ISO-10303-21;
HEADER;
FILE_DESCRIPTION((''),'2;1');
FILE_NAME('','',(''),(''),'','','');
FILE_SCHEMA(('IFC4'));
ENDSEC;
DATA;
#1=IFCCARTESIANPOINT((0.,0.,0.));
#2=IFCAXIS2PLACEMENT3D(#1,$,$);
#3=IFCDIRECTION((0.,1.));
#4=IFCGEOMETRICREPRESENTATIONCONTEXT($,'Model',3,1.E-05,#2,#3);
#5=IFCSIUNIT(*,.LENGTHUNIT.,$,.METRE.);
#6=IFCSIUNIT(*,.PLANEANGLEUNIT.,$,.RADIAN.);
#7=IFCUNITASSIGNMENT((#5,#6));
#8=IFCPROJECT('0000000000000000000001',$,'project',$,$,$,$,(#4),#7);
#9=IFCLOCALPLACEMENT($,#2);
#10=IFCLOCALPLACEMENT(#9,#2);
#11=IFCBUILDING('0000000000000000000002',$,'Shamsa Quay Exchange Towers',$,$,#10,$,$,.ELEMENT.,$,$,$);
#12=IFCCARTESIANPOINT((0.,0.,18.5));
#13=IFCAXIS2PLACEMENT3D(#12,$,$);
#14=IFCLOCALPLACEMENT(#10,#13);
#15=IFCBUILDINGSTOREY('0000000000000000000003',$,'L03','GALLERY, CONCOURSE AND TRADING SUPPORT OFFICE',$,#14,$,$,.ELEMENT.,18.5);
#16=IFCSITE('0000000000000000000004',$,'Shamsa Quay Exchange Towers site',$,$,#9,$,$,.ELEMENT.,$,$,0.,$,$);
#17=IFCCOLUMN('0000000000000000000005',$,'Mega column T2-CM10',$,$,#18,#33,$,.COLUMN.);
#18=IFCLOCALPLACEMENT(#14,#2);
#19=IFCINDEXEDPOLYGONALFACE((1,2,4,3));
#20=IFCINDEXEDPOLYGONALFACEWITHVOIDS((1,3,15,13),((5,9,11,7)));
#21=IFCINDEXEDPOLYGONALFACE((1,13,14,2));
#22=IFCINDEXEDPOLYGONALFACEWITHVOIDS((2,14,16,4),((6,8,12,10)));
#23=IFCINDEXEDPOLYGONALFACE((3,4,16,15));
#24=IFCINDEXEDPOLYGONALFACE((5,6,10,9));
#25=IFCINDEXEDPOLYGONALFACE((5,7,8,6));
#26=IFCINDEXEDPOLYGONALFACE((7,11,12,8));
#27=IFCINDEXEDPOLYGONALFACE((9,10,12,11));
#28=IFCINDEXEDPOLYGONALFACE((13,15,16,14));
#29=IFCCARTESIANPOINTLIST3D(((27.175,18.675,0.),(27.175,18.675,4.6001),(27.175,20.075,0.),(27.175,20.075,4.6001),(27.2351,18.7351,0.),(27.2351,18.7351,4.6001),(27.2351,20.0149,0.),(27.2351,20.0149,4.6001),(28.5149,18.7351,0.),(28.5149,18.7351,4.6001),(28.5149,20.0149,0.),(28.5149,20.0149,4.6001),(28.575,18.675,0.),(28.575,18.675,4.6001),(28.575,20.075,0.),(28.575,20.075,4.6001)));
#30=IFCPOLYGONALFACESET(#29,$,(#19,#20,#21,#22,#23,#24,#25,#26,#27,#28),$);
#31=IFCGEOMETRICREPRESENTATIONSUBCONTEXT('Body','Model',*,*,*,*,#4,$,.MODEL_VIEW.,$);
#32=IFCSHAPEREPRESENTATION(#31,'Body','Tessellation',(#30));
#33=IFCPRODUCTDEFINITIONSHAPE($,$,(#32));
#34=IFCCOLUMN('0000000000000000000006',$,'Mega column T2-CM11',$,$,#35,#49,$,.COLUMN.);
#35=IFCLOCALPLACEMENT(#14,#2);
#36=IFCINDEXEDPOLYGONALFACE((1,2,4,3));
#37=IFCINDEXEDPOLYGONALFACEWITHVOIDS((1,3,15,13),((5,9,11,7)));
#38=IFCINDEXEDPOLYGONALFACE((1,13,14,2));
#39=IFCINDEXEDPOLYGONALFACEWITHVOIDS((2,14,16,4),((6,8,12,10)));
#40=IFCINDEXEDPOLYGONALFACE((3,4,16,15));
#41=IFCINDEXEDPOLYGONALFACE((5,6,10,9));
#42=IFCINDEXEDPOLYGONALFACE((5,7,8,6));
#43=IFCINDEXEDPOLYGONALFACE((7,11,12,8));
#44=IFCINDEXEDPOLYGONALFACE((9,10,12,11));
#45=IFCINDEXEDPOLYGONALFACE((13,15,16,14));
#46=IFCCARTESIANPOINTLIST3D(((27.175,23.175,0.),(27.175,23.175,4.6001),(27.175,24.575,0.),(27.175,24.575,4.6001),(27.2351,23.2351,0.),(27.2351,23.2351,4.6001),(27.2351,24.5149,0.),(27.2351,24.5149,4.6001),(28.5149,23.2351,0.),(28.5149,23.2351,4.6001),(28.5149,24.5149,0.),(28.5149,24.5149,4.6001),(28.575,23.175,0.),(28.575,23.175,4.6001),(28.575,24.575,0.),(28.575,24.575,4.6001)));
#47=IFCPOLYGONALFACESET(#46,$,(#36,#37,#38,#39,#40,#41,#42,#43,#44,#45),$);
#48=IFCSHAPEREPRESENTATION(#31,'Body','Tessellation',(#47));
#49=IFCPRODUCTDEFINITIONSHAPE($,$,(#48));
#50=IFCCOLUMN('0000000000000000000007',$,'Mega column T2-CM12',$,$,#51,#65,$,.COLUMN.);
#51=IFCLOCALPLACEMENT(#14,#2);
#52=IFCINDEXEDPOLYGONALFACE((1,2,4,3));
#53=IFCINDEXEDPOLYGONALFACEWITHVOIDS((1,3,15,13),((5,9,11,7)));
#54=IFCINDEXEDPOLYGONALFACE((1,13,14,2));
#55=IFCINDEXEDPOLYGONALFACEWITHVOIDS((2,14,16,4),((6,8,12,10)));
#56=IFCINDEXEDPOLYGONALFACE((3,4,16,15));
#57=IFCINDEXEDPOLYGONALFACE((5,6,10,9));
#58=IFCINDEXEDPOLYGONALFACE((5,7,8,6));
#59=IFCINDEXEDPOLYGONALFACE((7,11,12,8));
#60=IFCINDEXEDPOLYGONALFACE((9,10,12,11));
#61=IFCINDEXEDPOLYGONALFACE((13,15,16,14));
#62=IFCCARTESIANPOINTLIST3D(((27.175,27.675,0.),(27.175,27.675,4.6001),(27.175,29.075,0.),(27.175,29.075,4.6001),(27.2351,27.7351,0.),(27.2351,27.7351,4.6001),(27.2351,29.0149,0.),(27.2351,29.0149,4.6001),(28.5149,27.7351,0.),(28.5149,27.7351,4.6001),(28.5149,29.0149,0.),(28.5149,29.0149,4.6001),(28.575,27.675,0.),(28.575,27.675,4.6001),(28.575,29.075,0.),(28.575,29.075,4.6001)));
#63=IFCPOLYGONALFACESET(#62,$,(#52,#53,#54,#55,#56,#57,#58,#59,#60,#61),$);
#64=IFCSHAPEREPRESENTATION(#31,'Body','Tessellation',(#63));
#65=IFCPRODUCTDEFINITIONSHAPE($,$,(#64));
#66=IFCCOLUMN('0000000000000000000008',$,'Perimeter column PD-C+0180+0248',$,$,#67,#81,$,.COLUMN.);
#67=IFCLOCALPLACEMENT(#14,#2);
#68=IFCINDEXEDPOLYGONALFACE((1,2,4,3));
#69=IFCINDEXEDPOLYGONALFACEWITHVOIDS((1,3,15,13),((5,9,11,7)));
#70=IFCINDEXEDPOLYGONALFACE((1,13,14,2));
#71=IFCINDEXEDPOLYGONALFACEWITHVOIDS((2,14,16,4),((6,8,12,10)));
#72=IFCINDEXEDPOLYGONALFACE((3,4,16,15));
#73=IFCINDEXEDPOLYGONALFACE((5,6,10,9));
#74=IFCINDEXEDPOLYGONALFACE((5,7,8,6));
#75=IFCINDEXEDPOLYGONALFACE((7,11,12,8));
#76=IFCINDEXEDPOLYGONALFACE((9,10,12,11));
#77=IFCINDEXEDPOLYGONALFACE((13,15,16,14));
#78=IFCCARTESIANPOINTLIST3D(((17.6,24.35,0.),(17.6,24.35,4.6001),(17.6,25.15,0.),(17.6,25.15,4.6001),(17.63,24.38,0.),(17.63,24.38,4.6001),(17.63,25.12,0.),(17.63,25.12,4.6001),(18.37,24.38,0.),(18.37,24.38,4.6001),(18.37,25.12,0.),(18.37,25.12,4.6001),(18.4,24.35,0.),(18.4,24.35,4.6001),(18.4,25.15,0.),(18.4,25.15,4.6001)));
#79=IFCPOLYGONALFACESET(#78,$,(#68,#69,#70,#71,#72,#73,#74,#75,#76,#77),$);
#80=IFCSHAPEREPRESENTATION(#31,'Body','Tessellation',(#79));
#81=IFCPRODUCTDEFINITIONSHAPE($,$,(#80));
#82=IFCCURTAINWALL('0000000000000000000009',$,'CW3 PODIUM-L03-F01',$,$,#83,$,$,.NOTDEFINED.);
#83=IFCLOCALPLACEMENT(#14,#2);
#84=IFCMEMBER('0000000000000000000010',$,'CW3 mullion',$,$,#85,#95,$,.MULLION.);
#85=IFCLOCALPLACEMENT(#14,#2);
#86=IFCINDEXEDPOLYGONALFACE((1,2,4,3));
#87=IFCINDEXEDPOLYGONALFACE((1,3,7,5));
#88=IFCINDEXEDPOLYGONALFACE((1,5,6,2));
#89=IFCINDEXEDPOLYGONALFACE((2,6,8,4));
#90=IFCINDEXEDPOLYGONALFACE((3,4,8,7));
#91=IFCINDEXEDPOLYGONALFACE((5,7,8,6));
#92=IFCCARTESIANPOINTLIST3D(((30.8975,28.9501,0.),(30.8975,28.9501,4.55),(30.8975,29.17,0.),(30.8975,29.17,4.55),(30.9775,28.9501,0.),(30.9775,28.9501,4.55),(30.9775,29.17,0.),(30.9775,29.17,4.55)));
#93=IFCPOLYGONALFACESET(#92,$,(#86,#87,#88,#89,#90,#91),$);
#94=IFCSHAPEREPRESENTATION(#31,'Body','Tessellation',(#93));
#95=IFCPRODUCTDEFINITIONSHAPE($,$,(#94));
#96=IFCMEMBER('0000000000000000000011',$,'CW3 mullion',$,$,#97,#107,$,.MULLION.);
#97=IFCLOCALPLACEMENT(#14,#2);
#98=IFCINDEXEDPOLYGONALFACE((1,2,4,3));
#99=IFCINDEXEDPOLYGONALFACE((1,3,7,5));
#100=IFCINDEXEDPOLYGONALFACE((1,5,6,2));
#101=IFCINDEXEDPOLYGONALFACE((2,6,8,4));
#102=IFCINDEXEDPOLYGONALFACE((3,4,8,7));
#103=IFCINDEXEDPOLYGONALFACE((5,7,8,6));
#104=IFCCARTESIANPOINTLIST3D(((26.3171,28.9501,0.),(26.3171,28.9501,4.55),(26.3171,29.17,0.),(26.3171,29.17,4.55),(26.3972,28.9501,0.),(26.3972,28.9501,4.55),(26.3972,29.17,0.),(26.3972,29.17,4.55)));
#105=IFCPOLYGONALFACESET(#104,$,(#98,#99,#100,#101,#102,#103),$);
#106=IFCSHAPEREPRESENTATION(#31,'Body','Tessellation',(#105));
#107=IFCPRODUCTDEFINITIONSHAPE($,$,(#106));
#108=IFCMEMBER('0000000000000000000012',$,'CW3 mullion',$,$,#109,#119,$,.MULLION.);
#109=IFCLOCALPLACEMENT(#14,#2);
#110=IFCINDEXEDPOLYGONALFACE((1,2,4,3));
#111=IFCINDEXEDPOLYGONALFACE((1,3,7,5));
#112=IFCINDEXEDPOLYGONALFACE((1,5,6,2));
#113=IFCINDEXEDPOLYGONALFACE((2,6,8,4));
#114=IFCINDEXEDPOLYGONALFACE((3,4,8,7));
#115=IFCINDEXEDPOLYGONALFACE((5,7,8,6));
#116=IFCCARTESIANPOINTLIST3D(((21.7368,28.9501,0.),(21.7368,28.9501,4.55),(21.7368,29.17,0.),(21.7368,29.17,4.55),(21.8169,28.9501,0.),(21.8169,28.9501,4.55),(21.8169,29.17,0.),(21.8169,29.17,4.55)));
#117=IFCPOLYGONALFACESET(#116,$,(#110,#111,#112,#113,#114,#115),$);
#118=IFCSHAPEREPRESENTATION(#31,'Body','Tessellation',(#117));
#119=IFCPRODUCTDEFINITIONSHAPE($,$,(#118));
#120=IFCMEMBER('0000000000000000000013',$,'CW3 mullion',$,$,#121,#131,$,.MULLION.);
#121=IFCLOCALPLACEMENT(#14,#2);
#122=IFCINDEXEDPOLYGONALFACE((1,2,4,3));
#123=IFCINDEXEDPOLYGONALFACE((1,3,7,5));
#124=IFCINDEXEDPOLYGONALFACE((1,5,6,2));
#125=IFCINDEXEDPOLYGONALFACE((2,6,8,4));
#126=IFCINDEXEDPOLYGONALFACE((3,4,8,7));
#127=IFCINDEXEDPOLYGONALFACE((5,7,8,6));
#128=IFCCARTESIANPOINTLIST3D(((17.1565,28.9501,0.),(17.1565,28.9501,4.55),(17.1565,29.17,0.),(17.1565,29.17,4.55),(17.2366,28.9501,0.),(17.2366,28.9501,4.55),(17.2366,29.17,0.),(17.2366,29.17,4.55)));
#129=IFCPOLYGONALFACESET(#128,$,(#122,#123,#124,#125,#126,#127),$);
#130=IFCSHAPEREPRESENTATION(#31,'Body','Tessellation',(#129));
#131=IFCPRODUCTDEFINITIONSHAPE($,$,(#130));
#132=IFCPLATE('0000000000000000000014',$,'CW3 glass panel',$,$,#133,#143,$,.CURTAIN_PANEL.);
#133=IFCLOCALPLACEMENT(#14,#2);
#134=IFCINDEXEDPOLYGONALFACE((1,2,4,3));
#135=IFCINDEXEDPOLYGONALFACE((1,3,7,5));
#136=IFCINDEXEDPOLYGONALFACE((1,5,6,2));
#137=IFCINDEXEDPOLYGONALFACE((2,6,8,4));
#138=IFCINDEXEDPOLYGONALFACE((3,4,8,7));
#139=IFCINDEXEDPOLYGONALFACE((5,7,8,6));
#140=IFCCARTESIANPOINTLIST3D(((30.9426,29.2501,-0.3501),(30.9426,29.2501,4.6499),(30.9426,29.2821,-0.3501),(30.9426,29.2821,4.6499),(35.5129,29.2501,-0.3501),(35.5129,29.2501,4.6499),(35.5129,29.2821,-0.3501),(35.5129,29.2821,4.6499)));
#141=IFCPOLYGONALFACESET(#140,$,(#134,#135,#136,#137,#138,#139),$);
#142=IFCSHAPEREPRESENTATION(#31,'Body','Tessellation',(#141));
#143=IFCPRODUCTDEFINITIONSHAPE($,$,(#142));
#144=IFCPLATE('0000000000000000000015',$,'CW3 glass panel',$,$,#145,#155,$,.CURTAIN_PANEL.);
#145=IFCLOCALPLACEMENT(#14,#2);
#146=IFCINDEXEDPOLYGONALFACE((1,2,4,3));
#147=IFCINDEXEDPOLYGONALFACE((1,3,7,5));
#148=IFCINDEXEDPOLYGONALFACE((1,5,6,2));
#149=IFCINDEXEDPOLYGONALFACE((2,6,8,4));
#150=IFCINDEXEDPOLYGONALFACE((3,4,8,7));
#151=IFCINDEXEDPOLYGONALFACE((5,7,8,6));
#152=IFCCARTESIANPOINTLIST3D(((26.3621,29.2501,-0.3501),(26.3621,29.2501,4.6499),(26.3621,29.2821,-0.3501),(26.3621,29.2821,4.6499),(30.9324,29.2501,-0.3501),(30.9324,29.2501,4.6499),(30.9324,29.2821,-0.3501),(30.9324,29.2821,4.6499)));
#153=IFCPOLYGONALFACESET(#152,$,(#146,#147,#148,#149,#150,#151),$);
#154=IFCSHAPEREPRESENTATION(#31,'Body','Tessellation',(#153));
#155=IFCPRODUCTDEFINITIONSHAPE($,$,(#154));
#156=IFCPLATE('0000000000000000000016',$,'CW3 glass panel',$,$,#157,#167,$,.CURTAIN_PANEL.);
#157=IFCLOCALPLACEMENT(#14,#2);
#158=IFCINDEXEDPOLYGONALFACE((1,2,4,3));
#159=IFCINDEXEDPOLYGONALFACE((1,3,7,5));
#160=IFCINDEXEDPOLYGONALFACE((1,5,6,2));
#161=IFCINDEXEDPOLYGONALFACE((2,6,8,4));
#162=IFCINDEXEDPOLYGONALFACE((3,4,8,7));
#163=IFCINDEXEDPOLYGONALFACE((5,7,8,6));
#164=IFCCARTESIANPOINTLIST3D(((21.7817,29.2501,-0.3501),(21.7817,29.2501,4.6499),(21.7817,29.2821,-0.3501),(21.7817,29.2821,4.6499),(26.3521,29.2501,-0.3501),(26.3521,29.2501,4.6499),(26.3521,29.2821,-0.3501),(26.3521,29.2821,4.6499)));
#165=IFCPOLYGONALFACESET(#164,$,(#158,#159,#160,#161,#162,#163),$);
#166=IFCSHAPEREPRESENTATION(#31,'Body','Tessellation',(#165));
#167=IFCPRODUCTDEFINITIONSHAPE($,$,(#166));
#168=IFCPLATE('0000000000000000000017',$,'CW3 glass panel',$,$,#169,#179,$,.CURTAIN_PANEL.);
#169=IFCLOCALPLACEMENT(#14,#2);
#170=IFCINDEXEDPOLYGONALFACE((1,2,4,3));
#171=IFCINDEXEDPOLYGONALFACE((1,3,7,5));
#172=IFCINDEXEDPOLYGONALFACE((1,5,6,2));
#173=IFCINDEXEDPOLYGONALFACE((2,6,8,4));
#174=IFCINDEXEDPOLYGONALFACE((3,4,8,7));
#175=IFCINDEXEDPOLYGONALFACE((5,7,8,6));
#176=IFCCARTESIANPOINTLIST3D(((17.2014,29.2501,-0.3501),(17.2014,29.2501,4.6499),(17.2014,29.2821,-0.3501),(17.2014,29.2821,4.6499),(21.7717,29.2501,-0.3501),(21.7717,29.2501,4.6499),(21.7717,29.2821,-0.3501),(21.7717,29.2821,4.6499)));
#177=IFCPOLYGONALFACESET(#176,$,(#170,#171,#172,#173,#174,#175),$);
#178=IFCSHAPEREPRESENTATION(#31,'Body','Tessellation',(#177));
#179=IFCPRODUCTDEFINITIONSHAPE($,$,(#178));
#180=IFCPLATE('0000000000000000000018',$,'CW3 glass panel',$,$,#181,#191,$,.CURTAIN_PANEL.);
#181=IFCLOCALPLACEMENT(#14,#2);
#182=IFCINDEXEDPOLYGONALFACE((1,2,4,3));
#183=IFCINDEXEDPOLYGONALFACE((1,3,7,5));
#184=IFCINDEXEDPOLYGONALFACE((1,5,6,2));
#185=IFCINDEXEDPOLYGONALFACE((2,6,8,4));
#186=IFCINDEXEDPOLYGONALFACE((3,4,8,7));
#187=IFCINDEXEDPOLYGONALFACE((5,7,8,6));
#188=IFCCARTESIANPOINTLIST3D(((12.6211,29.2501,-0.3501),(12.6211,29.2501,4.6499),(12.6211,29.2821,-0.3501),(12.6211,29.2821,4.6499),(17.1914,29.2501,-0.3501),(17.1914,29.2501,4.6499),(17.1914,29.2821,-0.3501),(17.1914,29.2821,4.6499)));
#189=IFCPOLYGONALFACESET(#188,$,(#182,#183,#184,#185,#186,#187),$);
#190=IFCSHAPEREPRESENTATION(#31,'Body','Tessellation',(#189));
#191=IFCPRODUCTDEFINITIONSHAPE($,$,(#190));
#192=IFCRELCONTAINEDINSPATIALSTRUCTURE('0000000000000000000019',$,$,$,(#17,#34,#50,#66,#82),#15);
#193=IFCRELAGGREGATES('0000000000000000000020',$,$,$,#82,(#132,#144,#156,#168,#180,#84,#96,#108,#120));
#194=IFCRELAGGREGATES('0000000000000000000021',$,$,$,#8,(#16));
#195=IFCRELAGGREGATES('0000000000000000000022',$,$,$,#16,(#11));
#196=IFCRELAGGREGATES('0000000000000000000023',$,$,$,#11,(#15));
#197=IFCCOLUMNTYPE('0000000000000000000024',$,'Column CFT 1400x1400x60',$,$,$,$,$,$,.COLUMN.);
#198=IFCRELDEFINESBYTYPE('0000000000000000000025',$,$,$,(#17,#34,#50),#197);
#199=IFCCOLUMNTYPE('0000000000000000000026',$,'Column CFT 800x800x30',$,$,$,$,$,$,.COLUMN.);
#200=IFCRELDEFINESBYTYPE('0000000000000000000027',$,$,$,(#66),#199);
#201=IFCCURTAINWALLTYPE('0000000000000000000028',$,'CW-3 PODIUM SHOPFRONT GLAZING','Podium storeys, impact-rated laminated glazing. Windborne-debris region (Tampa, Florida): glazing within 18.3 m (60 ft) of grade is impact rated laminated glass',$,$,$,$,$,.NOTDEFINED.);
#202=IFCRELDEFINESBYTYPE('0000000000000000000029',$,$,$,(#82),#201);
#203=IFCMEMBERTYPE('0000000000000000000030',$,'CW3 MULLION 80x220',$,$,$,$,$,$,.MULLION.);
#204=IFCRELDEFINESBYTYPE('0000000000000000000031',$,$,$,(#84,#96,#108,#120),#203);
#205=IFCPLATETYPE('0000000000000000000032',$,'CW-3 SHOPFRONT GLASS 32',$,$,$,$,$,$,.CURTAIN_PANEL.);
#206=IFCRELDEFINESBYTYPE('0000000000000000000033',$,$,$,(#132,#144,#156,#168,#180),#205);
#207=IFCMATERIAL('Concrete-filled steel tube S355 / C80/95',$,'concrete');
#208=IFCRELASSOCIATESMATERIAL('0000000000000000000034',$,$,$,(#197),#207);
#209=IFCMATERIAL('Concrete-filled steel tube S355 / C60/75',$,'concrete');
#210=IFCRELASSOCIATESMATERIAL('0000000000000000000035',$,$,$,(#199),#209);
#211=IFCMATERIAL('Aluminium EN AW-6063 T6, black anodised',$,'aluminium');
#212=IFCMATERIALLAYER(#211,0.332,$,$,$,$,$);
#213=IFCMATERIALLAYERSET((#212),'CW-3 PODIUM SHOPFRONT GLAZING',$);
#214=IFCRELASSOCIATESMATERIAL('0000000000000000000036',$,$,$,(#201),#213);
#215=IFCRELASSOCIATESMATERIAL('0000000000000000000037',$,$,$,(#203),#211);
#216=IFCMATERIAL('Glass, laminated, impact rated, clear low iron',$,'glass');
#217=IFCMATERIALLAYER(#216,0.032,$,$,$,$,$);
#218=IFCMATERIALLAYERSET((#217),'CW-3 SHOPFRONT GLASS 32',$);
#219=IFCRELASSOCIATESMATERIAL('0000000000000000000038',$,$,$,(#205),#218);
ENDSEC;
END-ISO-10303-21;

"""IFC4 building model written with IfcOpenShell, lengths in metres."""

from ifc_helpers import new_model, si_unit, direction, frame, origin, origin_2d, place, context, subcontext, project, spatial, rectangle, hollow_rectangle, extrude, material, layer, layer_set, material_profile, profile_set, type_object, element, aggregate, save


model = new_model("IFC4")

# Units and contexts
model_context = context("Model", 3, precision=1e-05, world=origin(), true_north=direction((0.0, 1.0)))
body_context = subcontext(model_context, "Body", "Model", "MODEL_VIEW")
ifc_project = project(units=[si_unit("LENGTHUNIT", "METRE"), si_unit("PLANEANGLEUNIT", "RADIAN")], contexts=[model_context])

# Site, building, storey
site_placement = place(None, origin())
site = spatial("IfcSite", under=ifc_project, at=site_placement, Name="Shamsa Quay Exchange Towers site", CompositionType="ELEMENT", RefElevation=0.0)
building_placement = place(site_placement, origin())
building = spatial("IfcBuilding", under=site, at=building_placement, Name="Shamsa Quay Exchange Towers", CompositionType="ELEMENT")
storey_placement = place(building_placement, frame((0.0, 0.0, 18.5)))
storey = spatial("IfcBuildingStorey", under=building, at=storey_placement, Name="L03", Description="GALLERY, CONCOURSE AND TRADING SUPPORT OFFICE", CompositionType="ELEMENT", Elevation=18.5)

# Columns
ifc_material_1 = material(Name="Concrete-filled steel tube S355 / C80/95", Category="concrete")
ifc_material_profile_1 = material_profile(ifc_material_1, hollow_rectangle(XDim=1.3999, YDim=1.3999, WallThickness=0.0601, at=origin_2d()), Name="CFT 1400x1400x60")
ifc_profile_set_1 = profile_set([ifc_material_profile_1], Name="Concrete-filled steel tube S355 / C80/95")
column_type_1 = type_object("IfcColumnType", Name="Column CFT 1400x1400x60", PredefinedType="COLUMN", material=ifc_profile_set_1)
for number, where, name in (
    (1, (27.875, 19.375, 0.0), "Mega column T2-CM10"),
    (2, (27.875, 23.875, 0.0), "Mega column T2-CM11"),
    (3, (27.875, 28.375, 0.0), "Mega column T2-CM12"),
):
    element("IfcColumn", number, at=place(storey_placement, frame(where)), inside=storey, type_object=column_type_1, Name=name, PredefinedType="COLUMN", context=body_context, shape_type="SweptSolid", body=[
        extrude(hollow_rectangle(XDim=1.3999, YDim=1.3999, WallThickness=0.0601, at=origin_2d()), origin(), (0.0, 0.0, 1.0), 4.6001),
    ])
ifc_material_2 = material(Name="Concrete-filled steel tube S355 / C60/75", Category="concrete")
ifc_material_profile_2 = material_profile(ifc_material_2, hollow_rectangle(XDim=0.8, YDim=0.8, WallThickness=0.03, at=origin_2d()), Name="CFT 800x800x30")
ifc_profile_set_2 = profile_set([ifc_material_profile_2], Name="Concrete-filled steel tube S355 / C60/75")
column_type_2 = type_object("IfcColumnType", Name="Column CFT 800x800x30", PredefinedType="COLUMN", material=ifc_profile_set_2)
column_placement = place(storey_placement, frame((18.0, 24.75, 0.0)))
element("IfcColumn", 4, at=column_placement, inside=storey, type_object=column_type_2, Name="Perimeter column PD-C+0180+0248", PredefinedType="COLUMN", context=body_context, shape_type="SweptSolid", body=[
    extrude(hollow_rectangle(XDim=0.8, YDim=0.8, WallThickness=0.03, at=origin_2d()), origin(), (0.0, 0.0, 1.0), 4.6001),
])

# Curtain wall, members, plates
ifc_material_3 = material(Name="Aluminium EN AW-6063 T6, black anodised", Category="aluminium")
ifc_layer_1 = layer(ifc_material_3, 0.332)
ifc_layer_set_1 = layer_set([ifc_layer_1], Name="CW-3 PODIUM SHOPFRONT GLAZING")
curtain_wall_type = type_object("IfcCurtainWallType", Name="CW-3 PODIUM SHOPFRONT GLAZING", Description="Podium storeys, impact-rated laminated glazing. Windborne-debris region (Tampa, Florida): glazing within 18.3 m (60 ft) of grade is impact rated laminated glass", PredefinedType="NOTDEFINED", material=ifc_layer_set_1)
curtain_wall_placement = place(storey_placement, origin())
curtain_wall = element("IfcCurtainWall", 5, at=curtain_wall_placement, inside=storey, type_object=curtain_wall_type, Name="CW3 PODIUM-L03-F01", PredefinedType="NOTDEFINED")
ifc_material_profile_3 = material_profile(ifc_material_3, rectangle(XDim=0.22, YDim=0.0801, at=origin_2d()), Name="MU80x220")
ifc_profile_set_3 = profile_set([ifc_material_profile_3], Name="Aluminium EN AW-6063 T6, black anodised")
member_type = type_object("IfcMemberType", Name="CW3 MULLION 80x220", PredefinedType="MULLION", material=ifc_profile_set_3)
member_1_placement = place(storey_placement, frame((30.9375, 29.0601, 0.0), z_axis=(0.0, 0.0, 1.0), x_axis=(0.0, -1.0, 0.0)))
member_1 = element("IfcMember", 6, at=member_1_placement, type_object=member_type, Name="CW3 mullion", PredefinedType="MULLION", context=body_context, shape_type="SweptSolid", body=[
    extrude(rectangle(XDim=0.22, YDim=0.0801, at=origin_2d()), origin(), (0.0, 0.0, 1.0), 4.55),
])
member_2_placement = place(storey_placement, frame((26.3572, 29.0601, 0.0), z_axis=(0.0, 0.0, 1.0), x_axis=(0.0, -1.0, 0.0)))
member_2 = element("IfcMember", 7, at=member_2_placement, type_object=member_type, Name="CW3 mullion", PredefinedType="MULLION", context=body_context, shape_type="SweptSolid", body=[
    extrude(rectangle(XDim=0.22, YDim=0.0801, at=origin_2d()), origin(), (0.0, 0.0, 1.0), 4.55),
])
member_3_placement = place(storey_placement, frame((21.7769, 29.0601, 0.0), z_axis=(0.0, 0.0, 1.0), x_axis=(0.0, -1.0, 0.0)))
member_3 = element("IfcMember", 8, at=member_3_placement, type_object=member_type, Name="CW3 mullion", PredefinedType="MULLION", context=body_context, shape_type="SweptSolid", body=[
    extrude(rectangle(XDim=0.22, YDim=0.0801, at=origin_2d()), origin(), (0.0, 0.0, 1.0), 4.55),
])
member_4_placement = place(storey_placement, frame((17.1965, 29.0601, 0.0), z_axis=(0.0, 0.0, 1.0), x_axis=(0.0, -1.0, 0.0)))
member_4 = element("IfcMember", 9, at=member_4_placement, type_object=member_type, Name="CW3 mullion", PredefinedType="MULLION", context=body_context, shape_type="SweptSolid", body=[
    extrude(rectangle(XDim=0.22, YDim=0.0801, at=origin_2d()), origin(), (0.0, 0.0, 1.0), 4.55),
])
ifc_material_4 = material(Name="Glass, laminated, impact rated, clear low iron", Category="glass")
ifc_layer_2 = layer(ifc_material_4, 0.032)
ifc_layer_set_2 = layer_set([ifc_layer_2], Name="CW-3 SHOPFRONT GLASS 32")
plate_type = type_object("IfcPlateType", Name="CW-3 SHOPFRONT GLASS 32", PredefinedType="CURTAIN_PANEL", material=ifc_layer_set_2)
plate_1_placement = place(storey_placement, frame((33.2278, 29.2661, -0.3501), z_axis=(0.0, 0.0, 1.0), x_axis=(-1.0, 0.0, 0.0)))
plate_1 = element("IfcPlate", 10, at=plate_1_placement, type_object=plate_type, Name="CW3 glass panel", PredefinedType="CURTAIN_PANEL", context=body_context, shape_type="SweptSolid", body=[
    extrude(rectangle(XDim=4.5703, YDim=0.032, at=origin_2d()), origin(), (0.0, 0.0, 1.0), 5.0),
])
plate_2_placement = place(storey_placement, frame((28.6472, 29.2661, -0.3501), z_axis=(0.0, 0.0, 1.0), x_axis=(-1.0, 0.0, 0.0)))
plate_2 = element("IfcPlate", 11, at=plate_2_placement, type_object=plate_type, Name="CW3 glass panel", PredefinedType="CURTAIN_PANEL", context=body_context, shape_type="SweptSolid", body=[
    extrude(rectangle(XDim=4.5703, YDim=0.032, at=origin_2d()), origin(), (0.0, 0.0, 1.0), 5.0),
])
plate_3_placement = place(storey_placement, frame((24.0669, 29.2661, -0.3501), z_axis=(0.0, 0.0, 1.0), x_axis=(-1.0, 0.0, 0.0)))
plate_3 = element("IfcPlate", 12, at=plate_3_placement, type_object=plate_type, Name="CW3 glass panel", PredefinedType="CURTAIN_PANEL", context=body_context, shape_type="SweptSolid", body=[
    extrude(rectangle(XDim=4.5703, YDim=0.032, at=origin_2d()), origin(), (0.0, 0.0, 1.0), 5.0),
])
plate_4_placement = place(storey_placement, frame((19.4866, 29.2661, -0.3501), z_axis=(0.0, 0.0, 1.0), x_axis=(-1.0, 0.0, 0.0)))
plate_4 = element("IfcPlate", 13, at=plate_4_placement, type_object=plate_type, Name="CW3 glass panel", PredefinedType="CURTAIN_PANEL", context=body_context, shape_type="SweptSolid", body=[
    extrude(rectangle(XDim=4.5703, YDim=0.032, at=origin_2d()), origin(), (0.0, 0.0, 1.0), 5.0),
])
plate_5_placement = place(storey_placement, frame((14.9062, 29.2661, -0.3501), z_axis=(0.0, 0.0, 1.0), x_axis=(-1.0, 0.0, 0.0)))
plate_5 = element("IfcPlate", 14, at=plate_5_placement, type_object=plate_type, Name="CW3 glass panel", PredefinedType="CURTAIN_PANEL", context=body_context, shape_type="SweptSolid", body=[
    extrude(rectangle(XDim=4.5703, YDim=0.032, at=origin_2d()), origin(), (0.0, 0.0, 1.0), 5.0),
])
aggregate(curtain_wall, [plate_1, plate_2, plate_3, plate_4, plate_5, member_1, member_2, member_3, member_4])

save(model, "model.ifc")
